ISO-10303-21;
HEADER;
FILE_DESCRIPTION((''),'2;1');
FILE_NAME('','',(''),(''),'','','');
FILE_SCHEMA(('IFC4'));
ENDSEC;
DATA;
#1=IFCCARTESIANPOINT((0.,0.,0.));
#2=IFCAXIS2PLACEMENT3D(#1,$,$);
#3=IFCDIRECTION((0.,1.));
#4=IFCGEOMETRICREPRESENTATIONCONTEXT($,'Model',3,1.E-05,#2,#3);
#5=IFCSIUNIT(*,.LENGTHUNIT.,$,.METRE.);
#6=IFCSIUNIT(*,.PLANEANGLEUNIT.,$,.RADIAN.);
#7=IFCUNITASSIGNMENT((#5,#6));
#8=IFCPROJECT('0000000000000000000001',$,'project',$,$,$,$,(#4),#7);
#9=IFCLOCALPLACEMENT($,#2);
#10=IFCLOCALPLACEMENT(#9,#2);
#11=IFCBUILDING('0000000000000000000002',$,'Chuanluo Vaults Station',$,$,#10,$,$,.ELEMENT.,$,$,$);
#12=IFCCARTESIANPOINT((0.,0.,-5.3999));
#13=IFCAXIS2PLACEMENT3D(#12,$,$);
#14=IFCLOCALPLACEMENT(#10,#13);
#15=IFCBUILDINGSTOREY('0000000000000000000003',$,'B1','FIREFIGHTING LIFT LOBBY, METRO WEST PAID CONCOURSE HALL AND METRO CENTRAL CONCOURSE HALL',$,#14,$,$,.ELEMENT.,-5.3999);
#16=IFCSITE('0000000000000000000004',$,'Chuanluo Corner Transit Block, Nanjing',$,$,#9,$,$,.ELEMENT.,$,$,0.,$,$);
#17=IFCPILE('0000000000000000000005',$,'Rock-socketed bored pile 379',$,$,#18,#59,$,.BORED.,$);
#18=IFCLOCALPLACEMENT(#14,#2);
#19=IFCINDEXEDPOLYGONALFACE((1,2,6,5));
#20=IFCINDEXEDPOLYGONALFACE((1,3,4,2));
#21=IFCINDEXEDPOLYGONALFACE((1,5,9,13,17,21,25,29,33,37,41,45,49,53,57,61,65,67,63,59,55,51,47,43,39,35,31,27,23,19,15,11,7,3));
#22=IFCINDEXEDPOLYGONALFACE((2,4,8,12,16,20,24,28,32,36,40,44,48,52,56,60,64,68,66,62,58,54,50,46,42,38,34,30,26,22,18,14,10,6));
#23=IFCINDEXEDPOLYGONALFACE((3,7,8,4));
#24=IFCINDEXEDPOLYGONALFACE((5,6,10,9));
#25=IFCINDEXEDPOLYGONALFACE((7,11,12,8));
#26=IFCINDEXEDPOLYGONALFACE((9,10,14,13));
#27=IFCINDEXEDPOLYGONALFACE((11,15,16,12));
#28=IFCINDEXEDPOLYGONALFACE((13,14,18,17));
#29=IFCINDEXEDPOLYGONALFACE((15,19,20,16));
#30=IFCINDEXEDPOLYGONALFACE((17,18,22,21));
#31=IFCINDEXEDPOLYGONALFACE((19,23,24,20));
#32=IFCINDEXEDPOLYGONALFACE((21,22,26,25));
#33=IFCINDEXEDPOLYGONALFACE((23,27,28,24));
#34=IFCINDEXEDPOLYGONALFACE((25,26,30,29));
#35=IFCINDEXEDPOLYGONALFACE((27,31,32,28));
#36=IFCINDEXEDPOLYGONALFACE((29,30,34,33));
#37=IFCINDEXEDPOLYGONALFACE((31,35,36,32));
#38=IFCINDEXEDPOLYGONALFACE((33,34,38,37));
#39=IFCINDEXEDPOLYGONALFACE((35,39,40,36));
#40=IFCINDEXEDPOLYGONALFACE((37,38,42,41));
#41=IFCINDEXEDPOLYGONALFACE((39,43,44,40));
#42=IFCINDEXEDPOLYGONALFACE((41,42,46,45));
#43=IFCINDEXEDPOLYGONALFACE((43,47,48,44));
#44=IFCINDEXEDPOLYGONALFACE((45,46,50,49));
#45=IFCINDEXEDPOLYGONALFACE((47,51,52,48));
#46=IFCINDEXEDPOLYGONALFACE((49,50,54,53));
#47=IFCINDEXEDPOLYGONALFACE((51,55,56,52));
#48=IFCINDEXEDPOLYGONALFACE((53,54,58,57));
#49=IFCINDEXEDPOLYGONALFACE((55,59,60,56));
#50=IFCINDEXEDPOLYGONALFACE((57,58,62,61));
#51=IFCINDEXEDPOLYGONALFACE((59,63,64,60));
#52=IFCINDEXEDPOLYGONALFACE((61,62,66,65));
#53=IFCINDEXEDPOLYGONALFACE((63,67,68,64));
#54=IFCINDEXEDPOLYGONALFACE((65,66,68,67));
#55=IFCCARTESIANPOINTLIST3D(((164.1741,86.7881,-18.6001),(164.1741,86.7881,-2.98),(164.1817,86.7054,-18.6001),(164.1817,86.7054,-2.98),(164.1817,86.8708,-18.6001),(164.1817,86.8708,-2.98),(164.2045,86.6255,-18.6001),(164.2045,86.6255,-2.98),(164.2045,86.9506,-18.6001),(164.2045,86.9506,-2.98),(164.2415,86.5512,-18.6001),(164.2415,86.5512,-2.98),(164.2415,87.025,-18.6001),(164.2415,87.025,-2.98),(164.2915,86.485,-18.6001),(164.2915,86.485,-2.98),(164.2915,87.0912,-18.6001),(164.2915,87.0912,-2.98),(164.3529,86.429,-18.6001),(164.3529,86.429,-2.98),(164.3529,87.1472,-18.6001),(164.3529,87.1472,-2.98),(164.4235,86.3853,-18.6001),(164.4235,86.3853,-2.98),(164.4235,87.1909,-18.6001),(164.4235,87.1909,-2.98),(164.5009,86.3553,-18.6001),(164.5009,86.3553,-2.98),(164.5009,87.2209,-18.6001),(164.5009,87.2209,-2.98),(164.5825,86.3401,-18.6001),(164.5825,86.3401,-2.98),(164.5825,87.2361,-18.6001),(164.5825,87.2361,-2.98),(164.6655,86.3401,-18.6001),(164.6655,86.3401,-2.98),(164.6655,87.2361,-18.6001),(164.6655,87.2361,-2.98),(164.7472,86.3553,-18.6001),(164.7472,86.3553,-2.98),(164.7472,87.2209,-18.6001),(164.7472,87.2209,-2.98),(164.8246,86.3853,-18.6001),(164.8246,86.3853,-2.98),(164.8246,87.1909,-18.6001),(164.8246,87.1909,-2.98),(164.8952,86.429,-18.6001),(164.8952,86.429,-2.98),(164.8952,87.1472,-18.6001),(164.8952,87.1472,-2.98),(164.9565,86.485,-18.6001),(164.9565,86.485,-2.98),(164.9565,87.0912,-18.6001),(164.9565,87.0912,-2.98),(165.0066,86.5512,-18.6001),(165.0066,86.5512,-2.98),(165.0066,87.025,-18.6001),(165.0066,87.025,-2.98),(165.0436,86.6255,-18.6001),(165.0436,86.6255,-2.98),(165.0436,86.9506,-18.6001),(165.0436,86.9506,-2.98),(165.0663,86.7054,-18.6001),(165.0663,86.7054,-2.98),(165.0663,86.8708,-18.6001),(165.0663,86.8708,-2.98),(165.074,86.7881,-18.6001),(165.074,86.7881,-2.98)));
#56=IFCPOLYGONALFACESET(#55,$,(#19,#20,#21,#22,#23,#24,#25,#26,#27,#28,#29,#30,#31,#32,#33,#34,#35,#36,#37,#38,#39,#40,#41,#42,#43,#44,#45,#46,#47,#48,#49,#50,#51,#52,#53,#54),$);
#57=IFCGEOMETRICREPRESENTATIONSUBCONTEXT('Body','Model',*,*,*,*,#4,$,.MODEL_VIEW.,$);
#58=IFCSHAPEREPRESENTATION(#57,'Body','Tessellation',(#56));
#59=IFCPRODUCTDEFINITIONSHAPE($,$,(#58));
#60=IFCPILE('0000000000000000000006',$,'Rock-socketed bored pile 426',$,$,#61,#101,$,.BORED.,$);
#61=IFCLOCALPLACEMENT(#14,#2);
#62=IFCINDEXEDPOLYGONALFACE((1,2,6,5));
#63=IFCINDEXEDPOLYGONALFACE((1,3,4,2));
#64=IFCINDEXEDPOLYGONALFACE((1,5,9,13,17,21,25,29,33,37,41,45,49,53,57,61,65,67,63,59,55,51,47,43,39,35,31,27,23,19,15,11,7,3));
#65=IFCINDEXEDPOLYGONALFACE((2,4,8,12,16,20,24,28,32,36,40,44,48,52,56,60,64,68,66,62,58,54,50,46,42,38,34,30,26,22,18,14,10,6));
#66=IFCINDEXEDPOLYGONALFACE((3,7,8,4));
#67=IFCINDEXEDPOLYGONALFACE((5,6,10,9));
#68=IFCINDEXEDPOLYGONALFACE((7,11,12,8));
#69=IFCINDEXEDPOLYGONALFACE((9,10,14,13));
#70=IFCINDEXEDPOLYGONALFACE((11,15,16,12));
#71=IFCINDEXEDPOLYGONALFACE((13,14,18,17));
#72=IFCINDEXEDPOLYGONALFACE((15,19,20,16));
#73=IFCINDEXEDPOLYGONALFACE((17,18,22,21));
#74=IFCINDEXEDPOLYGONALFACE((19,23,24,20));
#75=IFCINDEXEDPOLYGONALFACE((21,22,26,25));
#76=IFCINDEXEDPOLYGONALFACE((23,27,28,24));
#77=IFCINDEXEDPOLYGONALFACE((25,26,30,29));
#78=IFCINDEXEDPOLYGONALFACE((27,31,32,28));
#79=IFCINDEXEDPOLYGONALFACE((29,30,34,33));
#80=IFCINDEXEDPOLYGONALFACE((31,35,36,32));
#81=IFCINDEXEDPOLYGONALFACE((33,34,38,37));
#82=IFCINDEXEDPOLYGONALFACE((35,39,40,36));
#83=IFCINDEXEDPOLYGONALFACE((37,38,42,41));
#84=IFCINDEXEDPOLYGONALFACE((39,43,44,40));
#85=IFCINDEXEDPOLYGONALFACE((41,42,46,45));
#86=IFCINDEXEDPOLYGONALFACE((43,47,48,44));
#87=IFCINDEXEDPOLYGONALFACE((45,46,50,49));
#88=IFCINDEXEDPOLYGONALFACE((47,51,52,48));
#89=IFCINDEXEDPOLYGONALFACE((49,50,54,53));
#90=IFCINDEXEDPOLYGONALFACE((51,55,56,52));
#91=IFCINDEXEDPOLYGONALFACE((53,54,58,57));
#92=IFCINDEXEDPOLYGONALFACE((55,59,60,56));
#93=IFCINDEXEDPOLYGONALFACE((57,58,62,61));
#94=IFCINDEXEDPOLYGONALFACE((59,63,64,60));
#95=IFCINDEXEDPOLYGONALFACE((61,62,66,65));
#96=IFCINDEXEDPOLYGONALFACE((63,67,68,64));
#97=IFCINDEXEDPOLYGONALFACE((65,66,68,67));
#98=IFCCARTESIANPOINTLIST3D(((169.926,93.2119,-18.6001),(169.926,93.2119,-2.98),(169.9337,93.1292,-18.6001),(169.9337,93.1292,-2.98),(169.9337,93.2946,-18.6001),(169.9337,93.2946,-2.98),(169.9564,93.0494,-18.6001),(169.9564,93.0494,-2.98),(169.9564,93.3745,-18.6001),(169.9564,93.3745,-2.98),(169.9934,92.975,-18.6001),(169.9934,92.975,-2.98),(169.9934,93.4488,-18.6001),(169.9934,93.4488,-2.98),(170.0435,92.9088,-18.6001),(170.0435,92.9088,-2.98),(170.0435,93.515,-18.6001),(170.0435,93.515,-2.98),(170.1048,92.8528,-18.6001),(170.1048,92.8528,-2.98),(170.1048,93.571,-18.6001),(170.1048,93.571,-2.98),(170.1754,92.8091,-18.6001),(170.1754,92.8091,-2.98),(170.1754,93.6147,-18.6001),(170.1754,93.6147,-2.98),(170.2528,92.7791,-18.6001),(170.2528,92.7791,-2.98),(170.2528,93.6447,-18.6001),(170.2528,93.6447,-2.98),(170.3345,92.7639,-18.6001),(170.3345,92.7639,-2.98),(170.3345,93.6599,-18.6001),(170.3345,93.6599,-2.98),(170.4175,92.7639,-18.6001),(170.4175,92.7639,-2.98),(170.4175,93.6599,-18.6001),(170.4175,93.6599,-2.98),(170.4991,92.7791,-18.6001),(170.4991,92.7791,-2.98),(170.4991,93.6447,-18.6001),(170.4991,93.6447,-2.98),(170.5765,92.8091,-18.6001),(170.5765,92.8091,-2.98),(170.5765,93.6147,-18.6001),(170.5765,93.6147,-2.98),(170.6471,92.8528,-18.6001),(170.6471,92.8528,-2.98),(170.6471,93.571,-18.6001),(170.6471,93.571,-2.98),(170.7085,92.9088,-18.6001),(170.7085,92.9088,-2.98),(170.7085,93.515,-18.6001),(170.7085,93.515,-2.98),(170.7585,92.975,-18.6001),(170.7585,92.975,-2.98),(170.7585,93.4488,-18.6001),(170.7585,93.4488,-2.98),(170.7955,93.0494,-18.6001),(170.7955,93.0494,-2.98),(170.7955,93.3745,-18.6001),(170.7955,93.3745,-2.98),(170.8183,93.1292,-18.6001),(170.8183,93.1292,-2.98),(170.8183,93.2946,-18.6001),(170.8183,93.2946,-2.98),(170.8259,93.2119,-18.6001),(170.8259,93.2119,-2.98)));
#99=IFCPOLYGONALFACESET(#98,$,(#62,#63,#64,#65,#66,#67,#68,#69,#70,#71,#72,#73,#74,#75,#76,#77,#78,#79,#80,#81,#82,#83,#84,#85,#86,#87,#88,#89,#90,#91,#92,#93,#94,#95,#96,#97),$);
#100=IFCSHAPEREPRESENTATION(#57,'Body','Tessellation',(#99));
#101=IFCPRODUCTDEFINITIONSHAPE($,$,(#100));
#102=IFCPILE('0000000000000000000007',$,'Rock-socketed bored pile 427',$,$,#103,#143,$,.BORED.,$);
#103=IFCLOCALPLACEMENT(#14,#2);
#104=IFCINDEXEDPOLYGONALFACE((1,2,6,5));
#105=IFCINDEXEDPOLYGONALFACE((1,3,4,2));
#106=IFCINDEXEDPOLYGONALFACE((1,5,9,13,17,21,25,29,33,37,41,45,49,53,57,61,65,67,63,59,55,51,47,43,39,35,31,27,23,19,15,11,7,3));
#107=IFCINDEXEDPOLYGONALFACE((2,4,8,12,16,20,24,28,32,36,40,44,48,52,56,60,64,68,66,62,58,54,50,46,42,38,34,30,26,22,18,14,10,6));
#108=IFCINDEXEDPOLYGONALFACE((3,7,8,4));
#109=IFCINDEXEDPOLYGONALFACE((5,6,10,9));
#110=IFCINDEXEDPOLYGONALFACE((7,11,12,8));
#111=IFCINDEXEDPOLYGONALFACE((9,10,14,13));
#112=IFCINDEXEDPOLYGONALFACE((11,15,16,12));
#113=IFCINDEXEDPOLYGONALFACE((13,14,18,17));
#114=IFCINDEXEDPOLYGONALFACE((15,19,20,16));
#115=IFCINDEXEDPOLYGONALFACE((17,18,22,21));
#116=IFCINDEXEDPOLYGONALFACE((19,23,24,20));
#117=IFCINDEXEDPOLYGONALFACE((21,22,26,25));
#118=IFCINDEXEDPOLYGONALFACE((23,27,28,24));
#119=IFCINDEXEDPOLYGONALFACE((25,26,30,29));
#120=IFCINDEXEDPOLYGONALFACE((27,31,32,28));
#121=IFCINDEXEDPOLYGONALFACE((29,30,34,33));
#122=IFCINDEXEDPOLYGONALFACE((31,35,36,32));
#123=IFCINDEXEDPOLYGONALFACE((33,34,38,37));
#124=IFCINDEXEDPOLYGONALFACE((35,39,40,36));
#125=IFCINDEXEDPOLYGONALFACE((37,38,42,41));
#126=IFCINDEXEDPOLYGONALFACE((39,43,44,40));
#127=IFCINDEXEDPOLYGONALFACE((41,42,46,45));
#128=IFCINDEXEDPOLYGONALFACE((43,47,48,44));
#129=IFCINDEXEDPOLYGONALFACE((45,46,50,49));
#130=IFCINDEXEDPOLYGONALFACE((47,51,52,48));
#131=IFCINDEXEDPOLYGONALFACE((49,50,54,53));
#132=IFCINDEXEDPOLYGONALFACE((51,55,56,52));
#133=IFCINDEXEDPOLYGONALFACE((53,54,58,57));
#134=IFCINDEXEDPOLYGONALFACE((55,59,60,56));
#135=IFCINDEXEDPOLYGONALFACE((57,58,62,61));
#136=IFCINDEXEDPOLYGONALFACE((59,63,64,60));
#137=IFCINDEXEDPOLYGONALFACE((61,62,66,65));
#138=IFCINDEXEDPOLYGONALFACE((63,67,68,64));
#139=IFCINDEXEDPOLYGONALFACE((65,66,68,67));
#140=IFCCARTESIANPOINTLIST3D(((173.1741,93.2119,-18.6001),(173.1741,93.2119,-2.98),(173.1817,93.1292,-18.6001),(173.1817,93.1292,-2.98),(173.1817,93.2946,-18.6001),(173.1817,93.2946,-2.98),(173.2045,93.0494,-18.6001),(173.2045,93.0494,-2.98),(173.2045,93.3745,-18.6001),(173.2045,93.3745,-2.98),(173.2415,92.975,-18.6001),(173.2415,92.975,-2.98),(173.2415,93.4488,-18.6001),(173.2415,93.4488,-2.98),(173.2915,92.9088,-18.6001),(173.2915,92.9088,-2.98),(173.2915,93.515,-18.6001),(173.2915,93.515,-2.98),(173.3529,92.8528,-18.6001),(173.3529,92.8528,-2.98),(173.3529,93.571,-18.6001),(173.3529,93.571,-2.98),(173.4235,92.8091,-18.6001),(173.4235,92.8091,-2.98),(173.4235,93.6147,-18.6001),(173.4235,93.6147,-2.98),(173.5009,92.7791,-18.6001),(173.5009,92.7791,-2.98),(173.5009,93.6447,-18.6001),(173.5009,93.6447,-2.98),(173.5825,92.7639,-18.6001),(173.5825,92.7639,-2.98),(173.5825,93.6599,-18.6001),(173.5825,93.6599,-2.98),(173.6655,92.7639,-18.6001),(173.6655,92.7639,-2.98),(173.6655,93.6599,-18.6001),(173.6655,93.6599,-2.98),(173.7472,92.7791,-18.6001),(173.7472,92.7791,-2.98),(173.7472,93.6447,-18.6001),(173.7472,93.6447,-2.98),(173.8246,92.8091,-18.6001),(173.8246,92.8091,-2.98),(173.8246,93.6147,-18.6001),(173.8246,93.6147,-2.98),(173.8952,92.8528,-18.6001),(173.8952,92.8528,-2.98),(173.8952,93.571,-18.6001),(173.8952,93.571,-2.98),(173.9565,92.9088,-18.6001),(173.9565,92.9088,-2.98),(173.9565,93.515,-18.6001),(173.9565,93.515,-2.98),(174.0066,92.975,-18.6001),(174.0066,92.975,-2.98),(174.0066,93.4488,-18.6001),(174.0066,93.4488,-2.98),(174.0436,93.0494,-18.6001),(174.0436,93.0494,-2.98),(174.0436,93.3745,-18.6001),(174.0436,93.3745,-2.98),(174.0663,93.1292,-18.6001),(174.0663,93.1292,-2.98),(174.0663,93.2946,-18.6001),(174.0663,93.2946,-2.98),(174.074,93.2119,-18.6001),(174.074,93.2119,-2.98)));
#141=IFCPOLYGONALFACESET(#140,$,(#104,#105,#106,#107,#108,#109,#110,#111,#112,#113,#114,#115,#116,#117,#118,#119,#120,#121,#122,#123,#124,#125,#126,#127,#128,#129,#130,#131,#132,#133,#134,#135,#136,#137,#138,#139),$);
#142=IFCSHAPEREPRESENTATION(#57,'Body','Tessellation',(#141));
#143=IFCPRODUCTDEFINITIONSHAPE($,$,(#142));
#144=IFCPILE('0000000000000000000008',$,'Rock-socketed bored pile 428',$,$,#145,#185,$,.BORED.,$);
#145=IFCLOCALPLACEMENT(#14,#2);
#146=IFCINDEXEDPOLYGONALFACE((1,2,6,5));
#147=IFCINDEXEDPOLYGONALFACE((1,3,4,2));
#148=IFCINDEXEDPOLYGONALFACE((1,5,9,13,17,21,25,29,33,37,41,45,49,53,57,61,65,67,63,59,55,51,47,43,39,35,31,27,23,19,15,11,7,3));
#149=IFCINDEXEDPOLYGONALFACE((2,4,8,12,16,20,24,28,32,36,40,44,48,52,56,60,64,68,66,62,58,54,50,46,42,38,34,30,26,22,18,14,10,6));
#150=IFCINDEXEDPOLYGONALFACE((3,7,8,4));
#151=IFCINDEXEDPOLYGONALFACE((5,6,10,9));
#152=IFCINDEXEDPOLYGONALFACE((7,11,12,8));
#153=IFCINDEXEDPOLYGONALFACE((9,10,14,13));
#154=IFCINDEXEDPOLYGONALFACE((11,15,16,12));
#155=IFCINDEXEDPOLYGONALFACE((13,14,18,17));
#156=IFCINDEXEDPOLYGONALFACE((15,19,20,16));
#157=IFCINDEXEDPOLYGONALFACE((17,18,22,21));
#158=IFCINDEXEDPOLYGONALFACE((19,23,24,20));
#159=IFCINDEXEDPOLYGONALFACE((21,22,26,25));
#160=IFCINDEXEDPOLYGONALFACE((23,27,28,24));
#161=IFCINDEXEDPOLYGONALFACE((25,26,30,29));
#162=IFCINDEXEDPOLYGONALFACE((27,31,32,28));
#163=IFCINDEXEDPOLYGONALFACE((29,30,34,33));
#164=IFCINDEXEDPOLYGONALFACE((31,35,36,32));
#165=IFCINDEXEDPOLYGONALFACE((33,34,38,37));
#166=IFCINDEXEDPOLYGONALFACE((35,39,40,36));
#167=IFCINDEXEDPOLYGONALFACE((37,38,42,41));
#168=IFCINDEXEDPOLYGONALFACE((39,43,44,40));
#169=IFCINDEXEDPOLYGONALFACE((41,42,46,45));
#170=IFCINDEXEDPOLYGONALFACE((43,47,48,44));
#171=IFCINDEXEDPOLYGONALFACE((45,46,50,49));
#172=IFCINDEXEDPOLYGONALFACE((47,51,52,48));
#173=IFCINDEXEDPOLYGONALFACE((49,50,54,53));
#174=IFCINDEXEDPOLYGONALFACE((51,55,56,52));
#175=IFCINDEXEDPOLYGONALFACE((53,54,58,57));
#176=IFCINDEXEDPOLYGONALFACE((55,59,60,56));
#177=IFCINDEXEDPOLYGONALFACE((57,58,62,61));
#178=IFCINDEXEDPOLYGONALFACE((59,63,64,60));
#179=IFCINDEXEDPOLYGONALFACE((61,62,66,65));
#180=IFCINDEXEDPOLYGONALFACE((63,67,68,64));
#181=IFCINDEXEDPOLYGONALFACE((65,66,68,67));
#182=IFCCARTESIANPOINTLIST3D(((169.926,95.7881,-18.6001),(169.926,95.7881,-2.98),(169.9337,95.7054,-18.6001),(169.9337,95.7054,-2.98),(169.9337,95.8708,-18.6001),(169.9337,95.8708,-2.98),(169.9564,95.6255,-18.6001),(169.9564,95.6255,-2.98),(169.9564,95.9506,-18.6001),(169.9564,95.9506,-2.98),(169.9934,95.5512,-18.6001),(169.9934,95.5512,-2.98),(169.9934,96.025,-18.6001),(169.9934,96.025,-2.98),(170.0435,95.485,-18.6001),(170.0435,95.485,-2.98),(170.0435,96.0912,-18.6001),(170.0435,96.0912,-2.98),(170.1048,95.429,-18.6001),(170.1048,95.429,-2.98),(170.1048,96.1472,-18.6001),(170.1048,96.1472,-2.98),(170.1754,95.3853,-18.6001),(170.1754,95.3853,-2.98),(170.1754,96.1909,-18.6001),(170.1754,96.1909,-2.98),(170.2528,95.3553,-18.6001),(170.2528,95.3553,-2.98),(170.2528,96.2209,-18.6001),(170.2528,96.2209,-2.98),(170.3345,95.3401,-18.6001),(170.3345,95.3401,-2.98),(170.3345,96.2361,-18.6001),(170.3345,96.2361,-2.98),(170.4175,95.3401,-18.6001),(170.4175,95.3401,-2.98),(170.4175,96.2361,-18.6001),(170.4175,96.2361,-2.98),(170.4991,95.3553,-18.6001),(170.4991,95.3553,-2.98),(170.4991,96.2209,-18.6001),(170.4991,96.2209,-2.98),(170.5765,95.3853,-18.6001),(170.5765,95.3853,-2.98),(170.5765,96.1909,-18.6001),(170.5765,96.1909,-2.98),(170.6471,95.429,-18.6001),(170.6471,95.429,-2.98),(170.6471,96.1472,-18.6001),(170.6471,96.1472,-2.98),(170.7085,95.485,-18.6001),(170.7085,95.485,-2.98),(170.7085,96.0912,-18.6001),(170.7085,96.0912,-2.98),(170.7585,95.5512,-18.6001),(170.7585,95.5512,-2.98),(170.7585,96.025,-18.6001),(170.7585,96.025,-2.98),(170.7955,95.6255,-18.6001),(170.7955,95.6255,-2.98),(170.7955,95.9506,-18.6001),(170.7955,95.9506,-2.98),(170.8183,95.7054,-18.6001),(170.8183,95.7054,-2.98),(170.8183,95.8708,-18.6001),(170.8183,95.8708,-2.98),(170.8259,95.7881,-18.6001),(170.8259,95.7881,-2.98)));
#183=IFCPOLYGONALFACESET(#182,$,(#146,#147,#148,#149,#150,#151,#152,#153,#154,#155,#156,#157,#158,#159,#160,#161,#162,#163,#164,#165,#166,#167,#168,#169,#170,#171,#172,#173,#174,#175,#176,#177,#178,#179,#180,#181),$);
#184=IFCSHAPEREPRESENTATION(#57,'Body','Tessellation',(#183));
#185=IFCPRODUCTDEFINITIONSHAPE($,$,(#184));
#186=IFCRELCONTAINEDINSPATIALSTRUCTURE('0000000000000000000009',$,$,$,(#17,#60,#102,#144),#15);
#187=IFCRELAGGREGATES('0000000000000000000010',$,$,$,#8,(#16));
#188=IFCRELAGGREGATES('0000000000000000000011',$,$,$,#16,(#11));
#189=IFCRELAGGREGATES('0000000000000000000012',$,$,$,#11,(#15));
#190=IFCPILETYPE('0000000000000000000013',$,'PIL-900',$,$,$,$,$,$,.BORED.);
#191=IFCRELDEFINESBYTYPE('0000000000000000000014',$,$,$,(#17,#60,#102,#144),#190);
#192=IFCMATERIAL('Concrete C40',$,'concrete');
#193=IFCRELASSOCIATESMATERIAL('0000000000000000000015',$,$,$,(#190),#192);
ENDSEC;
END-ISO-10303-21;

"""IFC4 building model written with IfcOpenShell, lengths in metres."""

from ifc_helpers import new_model, si_unit, direction, frame, origin, origin_2d, place, context, subcontext, project, spatial, circle, extrude, material, material_profile, profile_set, type_object, element, save


model = new_model("IFC4")

# Units and contexts
model_context = context("Model", 3, precision=1e-05, world=origin(), true_north=direction((0.0, 1.0)))
body_context = subcontext(model_context, "Body", "Model", "MODEL_VIEW")
ifc_project = project(units=[si_unit("LENGTHUNIT", "METRE"), si_unit("PLANEANGLEUNIT", "RADIAN")], contexts=[model_context])

# Site, building, storey
site_placement = place(None, origin())
site = spatial("IfcSite", under=ifc_project, at=site_placement, Name="Chuanluo Corner Transit Block, Nanjing", CompositionType="ELEMENT", RefElevation=0.0)
building_placement = place(site_placement, origin())
building = spatial("IfcBuilding", under=site, at=building_placement, Name="Chuanluo Vaults Station", CompositionType="ELEMENT")
storey_placement = place(building_placement, frame((0.0, 0.0, -5.3999)))
storey = spatial("IfcBuildingStorey", under=building, at=storey_placement, Name="B1", Description="FIREFIGHTING LIFT LOBBY, METRO WEST PAID CONCOURSE HALL AND METRO CENTRAL CONCOURSE HALL", CompositionType="ELEMENT", Elevation=-5.3999)

# Piles
ifc_material_1 = material(Name="Concrete C40", Category="concrete")
ifc_material_profile_1 = material_profile(ifc_material_1, circle(Radius=0.45, at=origin_2d()))
ifc_profile_set_1 = profile_set([ifc_material_profile_1], Name="Concrete C40")
pile_type_1 = type_object("IfcPileType", Name="PIL-900", PredefinedType="BORED", material=ifc_profile_set_1)
for number, where, z_axis, x_axis, name in (
    (1, (164.624, 86.7881, -2.98), (0.0, 0.0, -1.0), (1.0, 0.0, 0.0), "Rock-socketed bored pile 379"),
    (2, (170.376, 93.2119, -2.98), (0.0, 0.0, -1.0), (1.0, 0.0, 0.0), "Rock-socketed bored pile 426"),
    (3, (173.624, 93.2119, -2.98), (0.0, 0.0, -1.0), (1.0, 0.0, 0.0), "Rock-socketed bored pile 427"),
    (4, (170.376, 95.7881, -2.98), (0.0, 0.0, -1.0), (1.0, 0.0, 0.0), "Rock-socketed bored pile 428"),
):
    element("IfcPile", number, at=place(storey_placement, frame(where, z_axis=z_axis, x_axis=x_axis)), inside=storey, type_object=pile_type_1, Name=name, PredefinedType="BORED", context=body_context, shape_type="SweptSolid", body=[
        extrude(circle(Radius=0.45, at=origin_2d()), origin(), (0.0, 0.0, 1.0), 15.6201),
    ])

save(model, "model.ifc")
